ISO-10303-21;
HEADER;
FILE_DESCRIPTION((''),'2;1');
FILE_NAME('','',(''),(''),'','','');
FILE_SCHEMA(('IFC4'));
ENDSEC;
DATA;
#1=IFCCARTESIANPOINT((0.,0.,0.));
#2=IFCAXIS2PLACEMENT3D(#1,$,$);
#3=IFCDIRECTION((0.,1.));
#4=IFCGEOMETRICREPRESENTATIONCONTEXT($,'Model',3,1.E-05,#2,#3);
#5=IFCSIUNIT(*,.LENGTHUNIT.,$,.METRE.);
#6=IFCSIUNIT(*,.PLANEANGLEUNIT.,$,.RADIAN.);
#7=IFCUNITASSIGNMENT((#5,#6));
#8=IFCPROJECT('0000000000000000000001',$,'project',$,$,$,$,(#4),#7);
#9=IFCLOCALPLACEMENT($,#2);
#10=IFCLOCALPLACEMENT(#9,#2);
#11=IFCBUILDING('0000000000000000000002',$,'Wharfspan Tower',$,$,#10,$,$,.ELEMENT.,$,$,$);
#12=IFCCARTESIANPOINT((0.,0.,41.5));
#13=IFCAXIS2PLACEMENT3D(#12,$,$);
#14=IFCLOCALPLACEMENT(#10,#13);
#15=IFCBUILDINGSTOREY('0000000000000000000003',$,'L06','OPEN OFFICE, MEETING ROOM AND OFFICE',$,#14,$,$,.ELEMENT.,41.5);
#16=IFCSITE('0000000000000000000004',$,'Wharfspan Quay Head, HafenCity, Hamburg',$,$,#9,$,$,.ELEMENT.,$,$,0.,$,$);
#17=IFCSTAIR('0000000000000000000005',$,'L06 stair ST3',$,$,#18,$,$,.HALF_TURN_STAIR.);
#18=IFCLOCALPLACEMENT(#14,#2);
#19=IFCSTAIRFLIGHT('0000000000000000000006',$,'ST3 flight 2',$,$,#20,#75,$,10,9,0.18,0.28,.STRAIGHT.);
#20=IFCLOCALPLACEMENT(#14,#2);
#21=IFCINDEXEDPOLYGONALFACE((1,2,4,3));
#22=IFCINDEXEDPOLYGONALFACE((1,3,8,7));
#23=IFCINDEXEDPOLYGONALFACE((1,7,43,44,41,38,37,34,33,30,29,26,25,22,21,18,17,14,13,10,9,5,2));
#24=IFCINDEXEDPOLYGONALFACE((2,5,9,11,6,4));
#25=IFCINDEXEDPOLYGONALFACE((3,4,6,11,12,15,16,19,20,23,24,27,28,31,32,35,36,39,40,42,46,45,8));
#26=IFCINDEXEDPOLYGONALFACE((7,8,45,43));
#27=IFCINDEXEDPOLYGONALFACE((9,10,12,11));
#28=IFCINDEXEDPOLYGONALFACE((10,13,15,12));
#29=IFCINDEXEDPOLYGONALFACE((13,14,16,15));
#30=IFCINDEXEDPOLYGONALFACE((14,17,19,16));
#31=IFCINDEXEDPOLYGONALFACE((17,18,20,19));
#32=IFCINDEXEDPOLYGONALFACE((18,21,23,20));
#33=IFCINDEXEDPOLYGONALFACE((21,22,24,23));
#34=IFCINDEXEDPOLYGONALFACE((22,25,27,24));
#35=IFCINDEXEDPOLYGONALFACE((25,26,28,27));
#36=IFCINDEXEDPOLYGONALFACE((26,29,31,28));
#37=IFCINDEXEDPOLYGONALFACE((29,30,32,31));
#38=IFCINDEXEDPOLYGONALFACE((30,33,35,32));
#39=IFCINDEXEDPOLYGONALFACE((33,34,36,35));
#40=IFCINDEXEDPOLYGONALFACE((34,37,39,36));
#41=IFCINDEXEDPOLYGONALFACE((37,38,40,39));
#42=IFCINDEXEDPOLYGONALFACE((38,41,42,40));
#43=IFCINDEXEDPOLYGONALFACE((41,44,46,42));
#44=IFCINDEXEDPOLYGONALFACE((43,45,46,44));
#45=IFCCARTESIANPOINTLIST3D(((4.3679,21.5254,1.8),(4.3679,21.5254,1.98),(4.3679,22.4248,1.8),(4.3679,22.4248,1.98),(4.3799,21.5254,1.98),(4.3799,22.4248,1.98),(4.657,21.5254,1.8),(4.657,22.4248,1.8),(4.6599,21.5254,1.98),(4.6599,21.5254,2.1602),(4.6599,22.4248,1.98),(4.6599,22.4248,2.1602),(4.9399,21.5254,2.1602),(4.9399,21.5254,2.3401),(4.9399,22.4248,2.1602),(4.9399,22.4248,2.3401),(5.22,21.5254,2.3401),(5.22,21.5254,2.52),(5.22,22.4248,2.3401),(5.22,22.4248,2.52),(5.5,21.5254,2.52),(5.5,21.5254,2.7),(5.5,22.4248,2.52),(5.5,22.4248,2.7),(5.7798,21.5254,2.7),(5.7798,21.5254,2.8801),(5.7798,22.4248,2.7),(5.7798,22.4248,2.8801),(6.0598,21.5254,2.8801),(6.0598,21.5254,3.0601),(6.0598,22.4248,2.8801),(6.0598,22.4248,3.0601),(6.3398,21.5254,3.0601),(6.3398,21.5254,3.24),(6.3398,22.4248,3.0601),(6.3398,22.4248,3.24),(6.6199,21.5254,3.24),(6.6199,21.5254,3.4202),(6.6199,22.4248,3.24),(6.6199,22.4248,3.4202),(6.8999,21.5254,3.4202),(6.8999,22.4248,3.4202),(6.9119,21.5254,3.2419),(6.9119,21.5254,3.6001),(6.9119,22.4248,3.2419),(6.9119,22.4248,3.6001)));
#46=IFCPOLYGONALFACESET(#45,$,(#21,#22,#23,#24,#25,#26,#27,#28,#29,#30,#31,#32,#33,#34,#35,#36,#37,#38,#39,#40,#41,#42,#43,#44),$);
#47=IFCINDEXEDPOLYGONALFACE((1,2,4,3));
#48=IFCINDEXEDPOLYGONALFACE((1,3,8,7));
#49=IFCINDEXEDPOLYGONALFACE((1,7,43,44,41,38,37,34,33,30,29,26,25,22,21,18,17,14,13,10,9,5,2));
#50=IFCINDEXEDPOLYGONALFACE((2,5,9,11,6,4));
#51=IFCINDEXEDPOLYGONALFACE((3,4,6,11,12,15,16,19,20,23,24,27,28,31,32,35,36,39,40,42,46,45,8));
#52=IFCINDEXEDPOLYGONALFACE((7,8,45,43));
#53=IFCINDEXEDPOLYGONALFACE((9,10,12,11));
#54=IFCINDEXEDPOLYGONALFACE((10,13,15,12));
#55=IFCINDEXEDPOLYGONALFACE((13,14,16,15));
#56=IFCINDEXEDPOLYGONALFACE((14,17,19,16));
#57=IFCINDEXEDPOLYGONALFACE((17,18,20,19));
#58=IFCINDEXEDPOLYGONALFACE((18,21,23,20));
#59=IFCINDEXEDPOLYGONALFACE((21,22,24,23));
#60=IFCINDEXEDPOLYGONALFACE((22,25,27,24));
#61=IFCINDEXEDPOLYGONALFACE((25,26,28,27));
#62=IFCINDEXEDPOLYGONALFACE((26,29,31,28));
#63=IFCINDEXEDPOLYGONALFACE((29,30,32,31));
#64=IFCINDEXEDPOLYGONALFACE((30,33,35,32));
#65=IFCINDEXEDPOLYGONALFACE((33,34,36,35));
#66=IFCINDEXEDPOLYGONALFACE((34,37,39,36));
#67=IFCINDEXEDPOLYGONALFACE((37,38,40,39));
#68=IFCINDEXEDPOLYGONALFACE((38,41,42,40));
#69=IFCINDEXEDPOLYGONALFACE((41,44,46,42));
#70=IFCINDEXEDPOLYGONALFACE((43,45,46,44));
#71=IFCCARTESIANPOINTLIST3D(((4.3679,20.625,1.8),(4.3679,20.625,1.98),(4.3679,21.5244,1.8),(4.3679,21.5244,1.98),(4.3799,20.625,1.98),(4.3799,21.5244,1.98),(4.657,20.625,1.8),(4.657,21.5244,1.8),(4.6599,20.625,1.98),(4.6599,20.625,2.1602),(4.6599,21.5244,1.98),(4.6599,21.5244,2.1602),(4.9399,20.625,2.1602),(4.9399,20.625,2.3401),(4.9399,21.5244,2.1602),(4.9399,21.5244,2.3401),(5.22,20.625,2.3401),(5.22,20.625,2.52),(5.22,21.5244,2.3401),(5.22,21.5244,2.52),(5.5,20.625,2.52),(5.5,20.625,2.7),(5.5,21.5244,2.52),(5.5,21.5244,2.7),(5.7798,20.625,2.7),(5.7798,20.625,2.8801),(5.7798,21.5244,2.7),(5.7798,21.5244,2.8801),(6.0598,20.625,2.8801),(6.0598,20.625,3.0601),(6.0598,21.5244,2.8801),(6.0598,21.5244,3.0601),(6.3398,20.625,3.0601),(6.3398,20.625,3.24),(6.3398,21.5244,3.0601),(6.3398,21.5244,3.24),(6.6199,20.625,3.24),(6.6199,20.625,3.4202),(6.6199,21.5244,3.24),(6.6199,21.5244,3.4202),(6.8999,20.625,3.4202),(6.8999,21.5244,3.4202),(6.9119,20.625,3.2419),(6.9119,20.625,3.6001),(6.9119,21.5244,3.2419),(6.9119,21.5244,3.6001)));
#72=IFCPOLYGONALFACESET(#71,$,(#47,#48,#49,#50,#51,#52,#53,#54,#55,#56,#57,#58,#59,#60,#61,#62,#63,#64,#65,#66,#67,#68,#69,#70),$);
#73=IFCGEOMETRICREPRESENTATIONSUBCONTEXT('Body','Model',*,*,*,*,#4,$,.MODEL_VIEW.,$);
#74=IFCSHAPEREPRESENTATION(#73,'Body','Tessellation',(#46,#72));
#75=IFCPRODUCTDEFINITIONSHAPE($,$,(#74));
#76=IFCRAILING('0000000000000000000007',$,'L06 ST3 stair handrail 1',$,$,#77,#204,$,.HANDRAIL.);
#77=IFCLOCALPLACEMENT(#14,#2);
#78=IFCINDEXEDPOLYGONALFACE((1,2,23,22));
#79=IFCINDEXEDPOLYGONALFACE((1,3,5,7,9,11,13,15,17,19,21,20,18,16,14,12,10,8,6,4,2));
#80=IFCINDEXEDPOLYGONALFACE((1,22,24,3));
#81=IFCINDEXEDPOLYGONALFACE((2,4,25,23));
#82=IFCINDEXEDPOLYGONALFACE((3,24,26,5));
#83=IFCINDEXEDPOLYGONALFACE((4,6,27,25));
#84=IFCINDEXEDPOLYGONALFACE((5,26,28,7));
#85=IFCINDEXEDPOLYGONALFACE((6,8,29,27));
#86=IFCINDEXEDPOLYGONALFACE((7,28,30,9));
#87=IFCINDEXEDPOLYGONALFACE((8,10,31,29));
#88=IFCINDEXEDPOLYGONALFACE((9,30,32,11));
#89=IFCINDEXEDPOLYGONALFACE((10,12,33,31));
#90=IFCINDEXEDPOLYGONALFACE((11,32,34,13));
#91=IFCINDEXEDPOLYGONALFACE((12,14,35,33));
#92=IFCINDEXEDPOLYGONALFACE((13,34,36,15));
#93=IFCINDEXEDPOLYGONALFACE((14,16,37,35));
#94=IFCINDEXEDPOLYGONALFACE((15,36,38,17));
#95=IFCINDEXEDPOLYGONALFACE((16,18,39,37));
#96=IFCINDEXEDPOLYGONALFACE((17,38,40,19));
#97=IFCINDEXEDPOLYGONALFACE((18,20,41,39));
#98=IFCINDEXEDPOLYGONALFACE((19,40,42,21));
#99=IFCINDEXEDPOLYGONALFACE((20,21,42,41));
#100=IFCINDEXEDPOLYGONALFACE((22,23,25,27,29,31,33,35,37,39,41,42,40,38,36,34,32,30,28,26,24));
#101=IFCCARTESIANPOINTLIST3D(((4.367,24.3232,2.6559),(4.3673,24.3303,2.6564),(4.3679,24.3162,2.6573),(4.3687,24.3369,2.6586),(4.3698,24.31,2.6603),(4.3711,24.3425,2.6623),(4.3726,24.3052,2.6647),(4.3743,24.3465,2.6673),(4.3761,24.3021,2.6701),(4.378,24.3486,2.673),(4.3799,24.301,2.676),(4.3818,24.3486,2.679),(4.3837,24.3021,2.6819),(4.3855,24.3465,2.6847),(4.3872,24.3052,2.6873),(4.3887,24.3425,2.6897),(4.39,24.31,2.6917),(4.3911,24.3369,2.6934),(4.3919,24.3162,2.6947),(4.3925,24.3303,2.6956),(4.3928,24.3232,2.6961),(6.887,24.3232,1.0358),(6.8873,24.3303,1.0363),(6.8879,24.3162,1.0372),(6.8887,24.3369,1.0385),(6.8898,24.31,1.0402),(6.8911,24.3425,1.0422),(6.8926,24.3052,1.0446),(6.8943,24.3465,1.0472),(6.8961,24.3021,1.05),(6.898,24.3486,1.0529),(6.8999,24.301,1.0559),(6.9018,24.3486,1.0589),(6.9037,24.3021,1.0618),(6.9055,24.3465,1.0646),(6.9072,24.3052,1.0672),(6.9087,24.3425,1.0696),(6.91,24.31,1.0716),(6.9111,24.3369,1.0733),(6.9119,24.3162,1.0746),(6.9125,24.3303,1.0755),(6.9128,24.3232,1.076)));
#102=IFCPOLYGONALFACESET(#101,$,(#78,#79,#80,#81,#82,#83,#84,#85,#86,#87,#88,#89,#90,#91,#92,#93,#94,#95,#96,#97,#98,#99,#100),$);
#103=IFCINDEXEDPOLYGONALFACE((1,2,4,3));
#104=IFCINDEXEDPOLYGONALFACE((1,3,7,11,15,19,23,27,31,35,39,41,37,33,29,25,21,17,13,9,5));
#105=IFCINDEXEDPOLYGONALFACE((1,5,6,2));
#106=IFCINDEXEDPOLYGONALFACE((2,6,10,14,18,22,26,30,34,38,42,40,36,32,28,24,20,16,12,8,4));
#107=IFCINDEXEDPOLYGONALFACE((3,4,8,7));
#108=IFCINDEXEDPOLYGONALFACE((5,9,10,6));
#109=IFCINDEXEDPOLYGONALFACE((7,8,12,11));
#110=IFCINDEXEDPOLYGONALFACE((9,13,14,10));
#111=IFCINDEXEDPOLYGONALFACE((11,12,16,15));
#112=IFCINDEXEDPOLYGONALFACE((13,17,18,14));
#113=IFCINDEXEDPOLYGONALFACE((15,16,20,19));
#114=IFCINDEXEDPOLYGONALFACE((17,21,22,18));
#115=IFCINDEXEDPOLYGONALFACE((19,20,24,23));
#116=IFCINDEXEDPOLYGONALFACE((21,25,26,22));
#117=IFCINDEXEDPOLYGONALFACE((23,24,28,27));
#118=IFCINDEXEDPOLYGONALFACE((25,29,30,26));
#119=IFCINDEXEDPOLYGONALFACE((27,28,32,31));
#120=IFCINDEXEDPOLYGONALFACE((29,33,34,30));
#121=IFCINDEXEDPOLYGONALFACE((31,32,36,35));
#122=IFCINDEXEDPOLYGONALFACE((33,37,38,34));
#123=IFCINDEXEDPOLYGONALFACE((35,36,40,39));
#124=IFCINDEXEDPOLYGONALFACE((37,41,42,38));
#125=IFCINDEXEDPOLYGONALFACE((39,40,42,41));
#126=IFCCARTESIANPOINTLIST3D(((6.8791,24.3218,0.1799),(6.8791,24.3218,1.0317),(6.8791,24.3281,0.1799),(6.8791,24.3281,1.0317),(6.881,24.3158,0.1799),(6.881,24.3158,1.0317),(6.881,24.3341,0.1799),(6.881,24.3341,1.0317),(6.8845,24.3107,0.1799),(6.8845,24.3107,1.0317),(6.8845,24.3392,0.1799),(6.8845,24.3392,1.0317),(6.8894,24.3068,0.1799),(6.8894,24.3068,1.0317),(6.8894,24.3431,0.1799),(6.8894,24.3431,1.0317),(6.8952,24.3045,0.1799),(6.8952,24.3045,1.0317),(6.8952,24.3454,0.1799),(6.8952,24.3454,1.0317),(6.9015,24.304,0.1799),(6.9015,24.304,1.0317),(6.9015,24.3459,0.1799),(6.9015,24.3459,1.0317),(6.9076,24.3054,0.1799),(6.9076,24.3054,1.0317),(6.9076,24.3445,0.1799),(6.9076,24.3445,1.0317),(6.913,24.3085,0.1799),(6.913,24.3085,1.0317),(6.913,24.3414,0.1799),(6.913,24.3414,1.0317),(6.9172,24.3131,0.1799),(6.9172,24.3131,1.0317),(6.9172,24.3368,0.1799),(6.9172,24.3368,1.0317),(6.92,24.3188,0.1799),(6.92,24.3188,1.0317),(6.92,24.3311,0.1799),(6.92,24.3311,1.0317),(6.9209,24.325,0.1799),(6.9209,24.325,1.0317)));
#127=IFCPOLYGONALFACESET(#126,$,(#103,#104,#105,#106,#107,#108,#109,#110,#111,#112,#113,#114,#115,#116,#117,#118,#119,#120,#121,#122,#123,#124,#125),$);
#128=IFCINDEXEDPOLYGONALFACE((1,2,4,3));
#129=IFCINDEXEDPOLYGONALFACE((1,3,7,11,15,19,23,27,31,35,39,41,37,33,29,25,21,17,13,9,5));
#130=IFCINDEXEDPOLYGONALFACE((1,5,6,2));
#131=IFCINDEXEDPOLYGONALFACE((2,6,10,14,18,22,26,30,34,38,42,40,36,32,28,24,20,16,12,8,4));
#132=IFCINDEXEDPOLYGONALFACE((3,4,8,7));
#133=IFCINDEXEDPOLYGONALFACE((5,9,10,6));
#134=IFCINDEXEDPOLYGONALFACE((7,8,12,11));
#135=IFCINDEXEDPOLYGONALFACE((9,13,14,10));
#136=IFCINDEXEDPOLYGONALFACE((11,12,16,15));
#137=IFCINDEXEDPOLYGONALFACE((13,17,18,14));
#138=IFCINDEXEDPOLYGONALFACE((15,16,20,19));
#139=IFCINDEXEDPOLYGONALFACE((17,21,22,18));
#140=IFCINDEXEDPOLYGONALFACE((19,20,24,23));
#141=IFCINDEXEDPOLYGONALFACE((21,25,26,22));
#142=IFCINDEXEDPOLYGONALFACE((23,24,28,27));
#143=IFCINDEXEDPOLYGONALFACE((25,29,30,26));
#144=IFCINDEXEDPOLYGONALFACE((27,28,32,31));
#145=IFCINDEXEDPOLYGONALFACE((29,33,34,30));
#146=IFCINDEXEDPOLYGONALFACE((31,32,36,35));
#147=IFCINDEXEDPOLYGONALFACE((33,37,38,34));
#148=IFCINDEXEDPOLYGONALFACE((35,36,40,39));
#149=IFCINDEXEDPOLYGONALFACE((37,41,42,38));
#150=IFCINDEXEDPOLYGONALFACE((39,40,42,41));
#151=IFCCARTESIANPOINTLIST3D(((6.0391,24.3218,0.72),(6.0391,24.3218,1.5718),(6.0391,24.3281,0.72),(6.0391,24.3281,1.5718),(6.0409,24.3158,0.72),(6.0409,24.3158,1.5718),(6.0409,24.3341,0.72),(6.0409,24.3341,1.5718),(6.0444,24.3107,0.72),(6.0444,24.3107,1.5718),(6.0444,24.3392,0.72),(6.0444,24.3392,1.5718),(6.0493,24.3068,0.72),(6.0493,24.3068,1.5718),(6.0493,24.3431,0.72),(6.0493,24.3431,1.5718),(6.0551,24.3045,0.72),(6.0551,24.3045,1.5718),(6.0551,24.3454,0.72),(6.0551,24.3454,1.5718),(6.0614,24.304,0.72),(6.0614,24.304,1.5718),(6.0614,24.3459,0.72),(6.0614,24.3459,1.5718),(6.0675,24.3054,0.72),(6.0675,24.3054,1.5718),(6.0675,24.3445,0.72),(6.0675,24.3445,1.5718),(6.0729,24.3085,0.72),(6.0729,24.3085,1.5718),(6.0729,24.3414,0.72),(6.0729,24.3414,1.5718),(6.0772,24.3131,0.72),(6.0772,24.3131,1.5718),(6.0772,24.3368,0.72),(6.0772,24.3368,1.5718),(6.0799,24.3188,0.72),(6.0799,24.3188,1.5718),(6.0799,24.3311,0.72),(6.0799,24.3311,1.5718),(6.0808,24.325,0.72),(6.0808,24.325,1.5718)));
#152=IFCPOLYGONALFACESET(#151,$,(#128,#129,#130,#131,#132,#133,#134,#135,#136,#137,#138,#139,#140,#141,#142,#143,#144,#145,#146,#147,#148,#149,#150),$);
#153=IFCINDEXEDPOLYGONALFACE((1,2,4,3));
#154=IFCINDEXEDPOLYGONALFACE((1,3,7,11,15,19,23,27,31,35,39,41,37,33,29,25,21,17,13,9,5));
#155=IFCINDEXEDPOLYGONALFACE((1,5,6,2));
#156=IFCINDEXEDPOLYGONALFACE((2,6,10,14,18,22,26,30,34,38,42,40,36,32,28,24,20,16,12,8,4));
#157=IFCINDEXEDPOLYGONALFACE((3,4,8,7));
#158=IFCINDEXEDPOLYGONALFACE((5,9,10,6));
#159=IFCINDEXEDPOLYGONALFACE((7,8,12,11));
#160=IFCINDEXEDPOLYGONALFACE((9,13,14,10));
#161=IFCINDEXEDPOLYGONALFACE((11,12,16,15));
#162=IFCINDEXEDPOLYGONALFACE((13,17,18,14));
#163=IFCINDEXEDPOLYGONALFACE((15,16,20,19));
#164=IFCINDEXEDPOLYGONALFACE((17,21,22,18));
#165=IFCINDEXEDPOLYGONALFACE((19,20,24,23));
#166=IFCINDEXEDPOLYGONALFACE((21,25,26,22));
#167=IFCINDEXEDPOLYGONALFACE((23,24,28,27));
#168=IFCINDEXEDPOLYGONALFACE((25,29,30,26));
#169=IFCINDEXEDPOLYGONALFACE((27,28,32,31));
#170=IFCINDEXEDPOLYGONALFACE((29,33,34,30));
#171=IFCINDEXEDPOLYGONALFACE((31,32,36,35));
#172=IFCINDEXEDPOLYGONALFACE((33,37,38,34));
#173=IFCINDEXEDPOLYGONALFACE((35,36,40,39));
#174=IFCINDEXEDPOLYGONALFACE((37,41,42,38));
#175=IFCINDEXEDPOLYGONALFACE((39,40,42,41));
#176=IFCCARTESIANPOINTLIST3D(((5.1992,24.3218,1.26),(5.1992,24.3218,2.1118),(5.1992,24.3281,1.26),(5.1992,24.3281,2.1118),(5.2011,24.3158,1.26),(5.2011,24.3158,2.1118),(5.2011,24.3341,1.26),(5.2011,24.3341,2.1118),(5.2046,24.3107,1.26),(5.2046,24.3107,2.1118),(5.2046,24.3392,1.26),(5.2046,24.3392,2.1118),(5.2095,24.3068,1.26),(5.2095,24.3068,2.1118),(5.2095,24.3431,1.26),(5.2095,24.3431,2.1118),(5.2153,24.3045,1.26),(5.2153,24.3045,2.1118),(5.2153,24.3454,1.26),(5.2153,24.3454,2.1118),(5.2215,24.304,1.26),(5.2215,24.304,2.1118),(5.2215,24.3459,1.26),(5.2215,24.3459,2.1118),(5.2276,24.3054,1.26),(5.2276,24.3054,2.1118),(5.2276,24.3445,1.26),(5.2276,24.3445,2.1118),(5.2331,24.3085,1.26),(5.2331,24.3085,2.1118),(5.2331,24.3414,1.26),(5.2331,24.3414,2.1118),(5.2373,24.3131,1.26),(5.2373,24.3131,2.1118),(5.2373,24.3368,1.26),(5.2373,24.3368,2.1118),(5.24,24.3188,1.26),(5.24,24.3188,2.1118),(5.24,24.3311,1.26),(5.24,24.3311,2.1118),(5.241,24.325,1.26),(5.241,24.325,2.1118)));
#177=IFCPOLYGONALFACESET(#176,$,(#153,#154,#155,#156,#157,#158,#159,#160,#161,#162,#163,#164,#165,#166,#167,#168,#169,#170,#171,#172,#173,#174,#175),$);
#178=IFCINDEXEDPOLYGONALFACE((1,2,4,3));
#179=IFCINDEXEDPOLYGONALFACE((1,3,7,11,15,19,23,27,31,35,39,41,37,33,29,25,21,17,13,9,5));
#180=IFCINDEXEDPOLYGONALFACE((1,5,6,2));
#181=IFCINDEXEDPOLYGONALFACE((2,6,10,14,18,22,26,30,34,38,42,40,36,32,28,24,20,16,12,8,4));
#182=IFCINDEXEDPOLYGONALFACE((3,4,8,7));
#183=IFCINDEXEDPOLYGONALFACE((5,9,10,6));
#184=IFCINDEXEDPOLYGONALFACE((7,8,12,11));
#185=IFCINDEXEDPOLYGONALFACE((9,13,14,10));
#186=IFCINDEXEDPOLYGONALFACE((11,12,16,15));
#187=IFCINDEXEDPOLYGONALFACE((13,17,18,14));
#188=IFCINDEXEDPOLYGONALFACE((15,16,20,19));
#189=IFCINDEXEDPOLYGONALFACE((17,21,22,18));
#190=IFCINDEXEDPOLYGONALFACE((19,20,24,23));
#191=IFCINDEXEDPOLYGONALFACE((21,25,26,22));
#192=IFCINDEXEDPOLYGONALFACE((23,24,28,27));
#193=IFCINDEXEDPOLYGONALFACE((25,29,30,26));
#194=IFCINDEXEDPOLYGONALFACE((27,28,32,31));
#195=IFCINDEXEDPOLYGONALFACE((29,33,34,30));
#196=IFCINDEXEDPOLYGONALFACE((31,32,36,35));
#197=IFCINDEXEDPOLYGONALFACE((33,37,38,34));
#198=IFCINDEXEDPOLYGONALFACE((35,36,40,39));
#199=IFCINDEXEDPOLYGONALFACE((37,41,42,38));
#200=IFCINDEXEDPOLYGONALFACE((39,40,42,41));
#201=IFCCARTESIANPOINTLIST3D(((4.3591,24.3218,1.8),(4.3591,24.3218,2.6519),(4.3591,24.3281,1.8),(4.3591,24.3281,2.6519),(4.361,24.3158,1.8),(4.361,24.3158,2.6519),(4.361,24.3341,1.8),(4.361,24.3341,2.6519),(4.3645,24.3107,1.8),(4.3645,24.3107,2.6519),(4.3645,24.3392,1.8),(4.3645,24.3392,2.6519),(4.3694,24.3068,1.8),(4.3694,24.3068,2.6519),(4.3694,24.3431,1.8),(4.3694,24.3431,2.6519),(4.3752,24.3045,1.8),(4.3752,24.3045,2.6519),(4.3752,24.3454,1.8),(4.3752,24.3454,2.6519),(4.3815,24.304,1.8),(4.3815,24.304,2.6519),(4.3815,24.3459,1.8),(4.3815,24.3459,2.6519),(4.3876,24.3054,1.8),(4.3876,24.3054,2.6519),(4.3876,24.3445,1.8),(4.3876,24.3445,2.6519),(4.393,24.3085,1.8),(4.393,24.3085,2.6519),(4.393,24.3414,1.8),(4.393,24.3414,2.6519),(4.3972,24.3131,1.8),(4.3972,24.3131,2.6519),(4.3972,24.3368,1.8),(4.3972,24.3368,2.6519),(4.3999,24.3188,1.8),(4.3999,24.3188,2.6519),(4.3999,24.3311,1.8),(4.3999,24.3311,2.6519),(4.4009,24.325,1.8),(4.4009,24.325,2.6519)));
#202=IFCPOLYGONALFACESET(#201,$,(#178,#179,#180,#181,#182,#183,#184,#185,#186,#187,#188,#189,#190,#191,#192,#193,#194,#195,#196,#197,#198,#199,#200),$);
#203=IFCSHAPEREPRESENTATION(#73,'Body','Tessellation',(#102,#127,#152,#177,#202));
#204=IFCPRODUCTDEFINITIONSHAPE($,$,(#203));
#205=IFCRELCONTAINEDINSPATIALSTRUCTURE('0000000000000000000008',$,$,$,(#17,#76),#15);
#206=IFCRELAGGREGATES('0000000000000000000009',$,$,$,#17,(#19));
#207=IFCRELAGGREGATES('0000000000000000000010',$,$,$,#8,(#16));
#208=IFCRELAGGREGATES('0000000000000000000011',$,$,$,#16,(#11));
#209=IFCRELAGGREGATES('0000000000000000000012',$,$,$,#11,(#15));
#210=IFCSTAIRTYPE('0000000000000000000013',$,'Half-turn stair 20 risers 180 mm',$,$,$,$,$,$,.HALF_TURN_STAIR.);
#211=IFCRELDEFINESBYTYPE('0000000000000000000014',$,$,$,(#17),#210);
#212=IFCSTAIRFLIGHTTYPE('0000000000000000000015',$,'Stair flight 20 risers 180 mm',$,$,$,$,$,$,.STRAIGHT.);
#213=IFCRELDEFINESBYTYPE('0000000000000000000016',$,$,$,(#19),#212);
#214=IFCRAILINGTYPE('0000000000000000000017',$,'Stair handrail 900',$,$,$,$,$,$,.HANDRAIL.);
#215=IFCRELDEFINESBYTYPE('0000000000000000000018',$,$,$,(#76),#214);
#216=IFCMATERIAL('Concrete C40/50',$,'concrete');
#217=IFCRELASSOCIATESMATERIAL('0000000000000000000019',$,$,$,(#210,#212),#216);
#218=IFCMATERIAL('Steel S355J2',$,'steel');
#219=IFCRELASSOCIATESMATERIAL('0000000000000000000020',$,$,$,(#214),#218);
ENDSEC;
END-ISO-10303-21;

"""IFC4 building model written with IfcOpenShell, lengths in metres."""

from ifc_helpers import new_model, si_unit, direction, frame, origin, origin_2d, place, context, subcontext, project, spatial, polyline, circle, outline, extrude, material, type_object, element, aggregate, save


model = new_model("IFC4")

# Units and contexts
model_context = context("Model", 3, precision=1e-05, world=origin(), true_north=direction((0.0, 1.0)))
body_context = subcontext(model_context, "Body", "Model", "MODEL_VIEW")
ifc_project = project(units=[si_unit("LENGTHUNIT", "METRE"), si_unit("PLANEANGLEUNIT", "RADIAN")], contexts=[model_context])

# Site, building, storey
site_placement = place(None, origin())
site = spatial("IfcSite", under=ifc_project, at=site_placement, Name="Wharfspan Quay Head, HafenCity, Hamburg", CompositionType="ELEMENT", RefElevation=0.0)
building_placement = place(site_placement, origin())
building = spatial("IfcBuilding", under=site, at=building_placement, Name="Wharfspan Tower", CompositionType="ELEMENT")
storey_placement = place(building_placement, frame((0.0, 0.0, 41.5)))
storey = spatial("IfcBuildingStorey", under=building, at=storey_placement, Name="L06", Description="OPEN OFFICE, MEETING ROOM AND OFFICE", CompositionType="ELEMENT", Elevation=41.5)

# Shared definitions
ifc_material_1 = material(Name="Steel S355J2", Category="steel")

# Shared definitions
ifc_material_2 = material(Name="Concrete C40/50", Category="concrete")

# Stair, stair flight
stair_type = type_object("IfcStairType", Name="Half-turn stair 20 risers 180 mm", PredefinedType="HALF_TURN_STAIR", material=ifc_material_2)
stair_placement = place(storey_placement, origin())
stair = element("IfcStair", 1, at=stair_placement, inside=storey, type_object=stair_type, Name="L06 stair ST3", PredefinedType="HALF_TURN_STAIR")
stair_flight_type = type_object("IfcStairFlightType", Name="Stair flight 20 risers 180 mm", PredefinedType="STRAIGHT", material=ifc_material_2)
stair_flight_1_placement = place(storey_placement, frame((4.3799, 21.5249, 1.8), z_axis=(0.0, 0.0, 1.0), x_axis=(1.0, 0.0, 0.0)))
stair_flight_1 = element("IfcStairFlight", 2, at=stair_flight_1_placement, type_object=stair_flight_type, Name="ST3 flight 2", NumberOfRisers=10, NumberOfTreads=9, PredefinedType="STRAIGHT", RiserHeight=0.18, TreadLength=0.28, context=body_context, shape_type="SweptSolid", body=[
    extrude(outline(polyline([(-0.012, 0.0), (-0.012, 0.1799), (0.0, 0.1799), (0.28, 0.1799), (0.28, 0.3601), (0.5601, 0.3601), (0.5601, 0.54), (0.8401, 0.54), (0.8401, 0.72), (1.1201, 0.72), (1.1201, 0.8999), (1.3999, 0.8999), (1.3999, 1.0801), (1.6799, 1.0801), (1.6799, 1.26), (1.96, 1.26), (1.96, 1.4399), (2.24, 1.4399), (2.24, 1.6201), (2.52, 1.6201), (2.532, 1.8), (2.532, 1.4419), (0.2771, 0.0), (-0.012, 0.0)])), frame((0.0, 0.8999, 0.0), z_axis=(0.0, -1.0, 0.0), x_axis=(1.0, 0.0, 0.0)), (0.0, 0.0, 1.0), 0.8994),
    extrude(outline(polyline([(-0.012, 0.0), (-0.012, 0.1799), (0.0, 0.1799), (0.28, 0.1799), (0.28, 0.3601), (0.5601, 0.3601), (0.5601, 0.54), (0.8401, 0.54), (0.8401, 0.72), (1.1201, 0.72), (1.1201, 0.8999), (1.3999, 0.8999), (1.3999, 1.0801), (1.6799, 1.0801), (1.6799, 1.26), (1.96, 1.26), (1.96, 1.4399), (2.24, 1.4399), (2.24, 1.6201), (2.52, 1.6201), (2.532, 1.8), (2.532, 1.4419), (0.2771, 0.0), (-0.012, 0.0)])), frame((0.0, -0.0005, 0.0), z_axis=(0.0, -1.0, 0.0), x_axis=(1.0, 0.0, 0.0)), (0.0, 0.0, 1.0), 0.8994),
])
aggregate(stair, [stair_flight_1])

# Railing
railing_type_1 = type_object("IfcRailingType", Name="Stair handrail 900", PredefinedType="HANDRAIL", material=ifc_material_1)
railing_1_placement = place(storey_placement, frame((6.8999, 24.325, 0.1799)))
element("IfcRailing", 3, at=railing_1_placement, inside=storey, type_object=railing_type_1, Name="L06 ST3 stair handrail 1", PredefinedType="HANDRAIL", context=body_context, shape_type="SweptSolid", body=[
    extrude(circle(Radius=0.0239, at=origin_2d()), frame((0.0, 0.0, 0.876), z_axis=(-0.841163, 0.0, 0.540782), x_axis=(0.0, -1.0, 0.0)), (0.0, 0.0, 1.0), 2.9958),
    extrude(circle(Radius=0.021, at=origin_2d()), origin(), (0.0, 0.0, 1.0), 0.8518),
    extrude(circle(Radius=0.021, at=origin_2d()), frame((-0.8401, 0.0, 0.54)), (0.0, 0.0, 1.0), 0.8518),
    extrude(circle(Radius=0.021, at=origin_2d()), frame((-1.6799, 0.0, 1.0801)), (0.0, 0.0, 1.0), 0.8518),
    extrude(circle(Radius=0.021, at=origin_2d()), frame((-2.52, 0.0, 1.6201)), (0.0, 0.0, 1.0), 0.8518),
])

save(model, "model.ifc")
